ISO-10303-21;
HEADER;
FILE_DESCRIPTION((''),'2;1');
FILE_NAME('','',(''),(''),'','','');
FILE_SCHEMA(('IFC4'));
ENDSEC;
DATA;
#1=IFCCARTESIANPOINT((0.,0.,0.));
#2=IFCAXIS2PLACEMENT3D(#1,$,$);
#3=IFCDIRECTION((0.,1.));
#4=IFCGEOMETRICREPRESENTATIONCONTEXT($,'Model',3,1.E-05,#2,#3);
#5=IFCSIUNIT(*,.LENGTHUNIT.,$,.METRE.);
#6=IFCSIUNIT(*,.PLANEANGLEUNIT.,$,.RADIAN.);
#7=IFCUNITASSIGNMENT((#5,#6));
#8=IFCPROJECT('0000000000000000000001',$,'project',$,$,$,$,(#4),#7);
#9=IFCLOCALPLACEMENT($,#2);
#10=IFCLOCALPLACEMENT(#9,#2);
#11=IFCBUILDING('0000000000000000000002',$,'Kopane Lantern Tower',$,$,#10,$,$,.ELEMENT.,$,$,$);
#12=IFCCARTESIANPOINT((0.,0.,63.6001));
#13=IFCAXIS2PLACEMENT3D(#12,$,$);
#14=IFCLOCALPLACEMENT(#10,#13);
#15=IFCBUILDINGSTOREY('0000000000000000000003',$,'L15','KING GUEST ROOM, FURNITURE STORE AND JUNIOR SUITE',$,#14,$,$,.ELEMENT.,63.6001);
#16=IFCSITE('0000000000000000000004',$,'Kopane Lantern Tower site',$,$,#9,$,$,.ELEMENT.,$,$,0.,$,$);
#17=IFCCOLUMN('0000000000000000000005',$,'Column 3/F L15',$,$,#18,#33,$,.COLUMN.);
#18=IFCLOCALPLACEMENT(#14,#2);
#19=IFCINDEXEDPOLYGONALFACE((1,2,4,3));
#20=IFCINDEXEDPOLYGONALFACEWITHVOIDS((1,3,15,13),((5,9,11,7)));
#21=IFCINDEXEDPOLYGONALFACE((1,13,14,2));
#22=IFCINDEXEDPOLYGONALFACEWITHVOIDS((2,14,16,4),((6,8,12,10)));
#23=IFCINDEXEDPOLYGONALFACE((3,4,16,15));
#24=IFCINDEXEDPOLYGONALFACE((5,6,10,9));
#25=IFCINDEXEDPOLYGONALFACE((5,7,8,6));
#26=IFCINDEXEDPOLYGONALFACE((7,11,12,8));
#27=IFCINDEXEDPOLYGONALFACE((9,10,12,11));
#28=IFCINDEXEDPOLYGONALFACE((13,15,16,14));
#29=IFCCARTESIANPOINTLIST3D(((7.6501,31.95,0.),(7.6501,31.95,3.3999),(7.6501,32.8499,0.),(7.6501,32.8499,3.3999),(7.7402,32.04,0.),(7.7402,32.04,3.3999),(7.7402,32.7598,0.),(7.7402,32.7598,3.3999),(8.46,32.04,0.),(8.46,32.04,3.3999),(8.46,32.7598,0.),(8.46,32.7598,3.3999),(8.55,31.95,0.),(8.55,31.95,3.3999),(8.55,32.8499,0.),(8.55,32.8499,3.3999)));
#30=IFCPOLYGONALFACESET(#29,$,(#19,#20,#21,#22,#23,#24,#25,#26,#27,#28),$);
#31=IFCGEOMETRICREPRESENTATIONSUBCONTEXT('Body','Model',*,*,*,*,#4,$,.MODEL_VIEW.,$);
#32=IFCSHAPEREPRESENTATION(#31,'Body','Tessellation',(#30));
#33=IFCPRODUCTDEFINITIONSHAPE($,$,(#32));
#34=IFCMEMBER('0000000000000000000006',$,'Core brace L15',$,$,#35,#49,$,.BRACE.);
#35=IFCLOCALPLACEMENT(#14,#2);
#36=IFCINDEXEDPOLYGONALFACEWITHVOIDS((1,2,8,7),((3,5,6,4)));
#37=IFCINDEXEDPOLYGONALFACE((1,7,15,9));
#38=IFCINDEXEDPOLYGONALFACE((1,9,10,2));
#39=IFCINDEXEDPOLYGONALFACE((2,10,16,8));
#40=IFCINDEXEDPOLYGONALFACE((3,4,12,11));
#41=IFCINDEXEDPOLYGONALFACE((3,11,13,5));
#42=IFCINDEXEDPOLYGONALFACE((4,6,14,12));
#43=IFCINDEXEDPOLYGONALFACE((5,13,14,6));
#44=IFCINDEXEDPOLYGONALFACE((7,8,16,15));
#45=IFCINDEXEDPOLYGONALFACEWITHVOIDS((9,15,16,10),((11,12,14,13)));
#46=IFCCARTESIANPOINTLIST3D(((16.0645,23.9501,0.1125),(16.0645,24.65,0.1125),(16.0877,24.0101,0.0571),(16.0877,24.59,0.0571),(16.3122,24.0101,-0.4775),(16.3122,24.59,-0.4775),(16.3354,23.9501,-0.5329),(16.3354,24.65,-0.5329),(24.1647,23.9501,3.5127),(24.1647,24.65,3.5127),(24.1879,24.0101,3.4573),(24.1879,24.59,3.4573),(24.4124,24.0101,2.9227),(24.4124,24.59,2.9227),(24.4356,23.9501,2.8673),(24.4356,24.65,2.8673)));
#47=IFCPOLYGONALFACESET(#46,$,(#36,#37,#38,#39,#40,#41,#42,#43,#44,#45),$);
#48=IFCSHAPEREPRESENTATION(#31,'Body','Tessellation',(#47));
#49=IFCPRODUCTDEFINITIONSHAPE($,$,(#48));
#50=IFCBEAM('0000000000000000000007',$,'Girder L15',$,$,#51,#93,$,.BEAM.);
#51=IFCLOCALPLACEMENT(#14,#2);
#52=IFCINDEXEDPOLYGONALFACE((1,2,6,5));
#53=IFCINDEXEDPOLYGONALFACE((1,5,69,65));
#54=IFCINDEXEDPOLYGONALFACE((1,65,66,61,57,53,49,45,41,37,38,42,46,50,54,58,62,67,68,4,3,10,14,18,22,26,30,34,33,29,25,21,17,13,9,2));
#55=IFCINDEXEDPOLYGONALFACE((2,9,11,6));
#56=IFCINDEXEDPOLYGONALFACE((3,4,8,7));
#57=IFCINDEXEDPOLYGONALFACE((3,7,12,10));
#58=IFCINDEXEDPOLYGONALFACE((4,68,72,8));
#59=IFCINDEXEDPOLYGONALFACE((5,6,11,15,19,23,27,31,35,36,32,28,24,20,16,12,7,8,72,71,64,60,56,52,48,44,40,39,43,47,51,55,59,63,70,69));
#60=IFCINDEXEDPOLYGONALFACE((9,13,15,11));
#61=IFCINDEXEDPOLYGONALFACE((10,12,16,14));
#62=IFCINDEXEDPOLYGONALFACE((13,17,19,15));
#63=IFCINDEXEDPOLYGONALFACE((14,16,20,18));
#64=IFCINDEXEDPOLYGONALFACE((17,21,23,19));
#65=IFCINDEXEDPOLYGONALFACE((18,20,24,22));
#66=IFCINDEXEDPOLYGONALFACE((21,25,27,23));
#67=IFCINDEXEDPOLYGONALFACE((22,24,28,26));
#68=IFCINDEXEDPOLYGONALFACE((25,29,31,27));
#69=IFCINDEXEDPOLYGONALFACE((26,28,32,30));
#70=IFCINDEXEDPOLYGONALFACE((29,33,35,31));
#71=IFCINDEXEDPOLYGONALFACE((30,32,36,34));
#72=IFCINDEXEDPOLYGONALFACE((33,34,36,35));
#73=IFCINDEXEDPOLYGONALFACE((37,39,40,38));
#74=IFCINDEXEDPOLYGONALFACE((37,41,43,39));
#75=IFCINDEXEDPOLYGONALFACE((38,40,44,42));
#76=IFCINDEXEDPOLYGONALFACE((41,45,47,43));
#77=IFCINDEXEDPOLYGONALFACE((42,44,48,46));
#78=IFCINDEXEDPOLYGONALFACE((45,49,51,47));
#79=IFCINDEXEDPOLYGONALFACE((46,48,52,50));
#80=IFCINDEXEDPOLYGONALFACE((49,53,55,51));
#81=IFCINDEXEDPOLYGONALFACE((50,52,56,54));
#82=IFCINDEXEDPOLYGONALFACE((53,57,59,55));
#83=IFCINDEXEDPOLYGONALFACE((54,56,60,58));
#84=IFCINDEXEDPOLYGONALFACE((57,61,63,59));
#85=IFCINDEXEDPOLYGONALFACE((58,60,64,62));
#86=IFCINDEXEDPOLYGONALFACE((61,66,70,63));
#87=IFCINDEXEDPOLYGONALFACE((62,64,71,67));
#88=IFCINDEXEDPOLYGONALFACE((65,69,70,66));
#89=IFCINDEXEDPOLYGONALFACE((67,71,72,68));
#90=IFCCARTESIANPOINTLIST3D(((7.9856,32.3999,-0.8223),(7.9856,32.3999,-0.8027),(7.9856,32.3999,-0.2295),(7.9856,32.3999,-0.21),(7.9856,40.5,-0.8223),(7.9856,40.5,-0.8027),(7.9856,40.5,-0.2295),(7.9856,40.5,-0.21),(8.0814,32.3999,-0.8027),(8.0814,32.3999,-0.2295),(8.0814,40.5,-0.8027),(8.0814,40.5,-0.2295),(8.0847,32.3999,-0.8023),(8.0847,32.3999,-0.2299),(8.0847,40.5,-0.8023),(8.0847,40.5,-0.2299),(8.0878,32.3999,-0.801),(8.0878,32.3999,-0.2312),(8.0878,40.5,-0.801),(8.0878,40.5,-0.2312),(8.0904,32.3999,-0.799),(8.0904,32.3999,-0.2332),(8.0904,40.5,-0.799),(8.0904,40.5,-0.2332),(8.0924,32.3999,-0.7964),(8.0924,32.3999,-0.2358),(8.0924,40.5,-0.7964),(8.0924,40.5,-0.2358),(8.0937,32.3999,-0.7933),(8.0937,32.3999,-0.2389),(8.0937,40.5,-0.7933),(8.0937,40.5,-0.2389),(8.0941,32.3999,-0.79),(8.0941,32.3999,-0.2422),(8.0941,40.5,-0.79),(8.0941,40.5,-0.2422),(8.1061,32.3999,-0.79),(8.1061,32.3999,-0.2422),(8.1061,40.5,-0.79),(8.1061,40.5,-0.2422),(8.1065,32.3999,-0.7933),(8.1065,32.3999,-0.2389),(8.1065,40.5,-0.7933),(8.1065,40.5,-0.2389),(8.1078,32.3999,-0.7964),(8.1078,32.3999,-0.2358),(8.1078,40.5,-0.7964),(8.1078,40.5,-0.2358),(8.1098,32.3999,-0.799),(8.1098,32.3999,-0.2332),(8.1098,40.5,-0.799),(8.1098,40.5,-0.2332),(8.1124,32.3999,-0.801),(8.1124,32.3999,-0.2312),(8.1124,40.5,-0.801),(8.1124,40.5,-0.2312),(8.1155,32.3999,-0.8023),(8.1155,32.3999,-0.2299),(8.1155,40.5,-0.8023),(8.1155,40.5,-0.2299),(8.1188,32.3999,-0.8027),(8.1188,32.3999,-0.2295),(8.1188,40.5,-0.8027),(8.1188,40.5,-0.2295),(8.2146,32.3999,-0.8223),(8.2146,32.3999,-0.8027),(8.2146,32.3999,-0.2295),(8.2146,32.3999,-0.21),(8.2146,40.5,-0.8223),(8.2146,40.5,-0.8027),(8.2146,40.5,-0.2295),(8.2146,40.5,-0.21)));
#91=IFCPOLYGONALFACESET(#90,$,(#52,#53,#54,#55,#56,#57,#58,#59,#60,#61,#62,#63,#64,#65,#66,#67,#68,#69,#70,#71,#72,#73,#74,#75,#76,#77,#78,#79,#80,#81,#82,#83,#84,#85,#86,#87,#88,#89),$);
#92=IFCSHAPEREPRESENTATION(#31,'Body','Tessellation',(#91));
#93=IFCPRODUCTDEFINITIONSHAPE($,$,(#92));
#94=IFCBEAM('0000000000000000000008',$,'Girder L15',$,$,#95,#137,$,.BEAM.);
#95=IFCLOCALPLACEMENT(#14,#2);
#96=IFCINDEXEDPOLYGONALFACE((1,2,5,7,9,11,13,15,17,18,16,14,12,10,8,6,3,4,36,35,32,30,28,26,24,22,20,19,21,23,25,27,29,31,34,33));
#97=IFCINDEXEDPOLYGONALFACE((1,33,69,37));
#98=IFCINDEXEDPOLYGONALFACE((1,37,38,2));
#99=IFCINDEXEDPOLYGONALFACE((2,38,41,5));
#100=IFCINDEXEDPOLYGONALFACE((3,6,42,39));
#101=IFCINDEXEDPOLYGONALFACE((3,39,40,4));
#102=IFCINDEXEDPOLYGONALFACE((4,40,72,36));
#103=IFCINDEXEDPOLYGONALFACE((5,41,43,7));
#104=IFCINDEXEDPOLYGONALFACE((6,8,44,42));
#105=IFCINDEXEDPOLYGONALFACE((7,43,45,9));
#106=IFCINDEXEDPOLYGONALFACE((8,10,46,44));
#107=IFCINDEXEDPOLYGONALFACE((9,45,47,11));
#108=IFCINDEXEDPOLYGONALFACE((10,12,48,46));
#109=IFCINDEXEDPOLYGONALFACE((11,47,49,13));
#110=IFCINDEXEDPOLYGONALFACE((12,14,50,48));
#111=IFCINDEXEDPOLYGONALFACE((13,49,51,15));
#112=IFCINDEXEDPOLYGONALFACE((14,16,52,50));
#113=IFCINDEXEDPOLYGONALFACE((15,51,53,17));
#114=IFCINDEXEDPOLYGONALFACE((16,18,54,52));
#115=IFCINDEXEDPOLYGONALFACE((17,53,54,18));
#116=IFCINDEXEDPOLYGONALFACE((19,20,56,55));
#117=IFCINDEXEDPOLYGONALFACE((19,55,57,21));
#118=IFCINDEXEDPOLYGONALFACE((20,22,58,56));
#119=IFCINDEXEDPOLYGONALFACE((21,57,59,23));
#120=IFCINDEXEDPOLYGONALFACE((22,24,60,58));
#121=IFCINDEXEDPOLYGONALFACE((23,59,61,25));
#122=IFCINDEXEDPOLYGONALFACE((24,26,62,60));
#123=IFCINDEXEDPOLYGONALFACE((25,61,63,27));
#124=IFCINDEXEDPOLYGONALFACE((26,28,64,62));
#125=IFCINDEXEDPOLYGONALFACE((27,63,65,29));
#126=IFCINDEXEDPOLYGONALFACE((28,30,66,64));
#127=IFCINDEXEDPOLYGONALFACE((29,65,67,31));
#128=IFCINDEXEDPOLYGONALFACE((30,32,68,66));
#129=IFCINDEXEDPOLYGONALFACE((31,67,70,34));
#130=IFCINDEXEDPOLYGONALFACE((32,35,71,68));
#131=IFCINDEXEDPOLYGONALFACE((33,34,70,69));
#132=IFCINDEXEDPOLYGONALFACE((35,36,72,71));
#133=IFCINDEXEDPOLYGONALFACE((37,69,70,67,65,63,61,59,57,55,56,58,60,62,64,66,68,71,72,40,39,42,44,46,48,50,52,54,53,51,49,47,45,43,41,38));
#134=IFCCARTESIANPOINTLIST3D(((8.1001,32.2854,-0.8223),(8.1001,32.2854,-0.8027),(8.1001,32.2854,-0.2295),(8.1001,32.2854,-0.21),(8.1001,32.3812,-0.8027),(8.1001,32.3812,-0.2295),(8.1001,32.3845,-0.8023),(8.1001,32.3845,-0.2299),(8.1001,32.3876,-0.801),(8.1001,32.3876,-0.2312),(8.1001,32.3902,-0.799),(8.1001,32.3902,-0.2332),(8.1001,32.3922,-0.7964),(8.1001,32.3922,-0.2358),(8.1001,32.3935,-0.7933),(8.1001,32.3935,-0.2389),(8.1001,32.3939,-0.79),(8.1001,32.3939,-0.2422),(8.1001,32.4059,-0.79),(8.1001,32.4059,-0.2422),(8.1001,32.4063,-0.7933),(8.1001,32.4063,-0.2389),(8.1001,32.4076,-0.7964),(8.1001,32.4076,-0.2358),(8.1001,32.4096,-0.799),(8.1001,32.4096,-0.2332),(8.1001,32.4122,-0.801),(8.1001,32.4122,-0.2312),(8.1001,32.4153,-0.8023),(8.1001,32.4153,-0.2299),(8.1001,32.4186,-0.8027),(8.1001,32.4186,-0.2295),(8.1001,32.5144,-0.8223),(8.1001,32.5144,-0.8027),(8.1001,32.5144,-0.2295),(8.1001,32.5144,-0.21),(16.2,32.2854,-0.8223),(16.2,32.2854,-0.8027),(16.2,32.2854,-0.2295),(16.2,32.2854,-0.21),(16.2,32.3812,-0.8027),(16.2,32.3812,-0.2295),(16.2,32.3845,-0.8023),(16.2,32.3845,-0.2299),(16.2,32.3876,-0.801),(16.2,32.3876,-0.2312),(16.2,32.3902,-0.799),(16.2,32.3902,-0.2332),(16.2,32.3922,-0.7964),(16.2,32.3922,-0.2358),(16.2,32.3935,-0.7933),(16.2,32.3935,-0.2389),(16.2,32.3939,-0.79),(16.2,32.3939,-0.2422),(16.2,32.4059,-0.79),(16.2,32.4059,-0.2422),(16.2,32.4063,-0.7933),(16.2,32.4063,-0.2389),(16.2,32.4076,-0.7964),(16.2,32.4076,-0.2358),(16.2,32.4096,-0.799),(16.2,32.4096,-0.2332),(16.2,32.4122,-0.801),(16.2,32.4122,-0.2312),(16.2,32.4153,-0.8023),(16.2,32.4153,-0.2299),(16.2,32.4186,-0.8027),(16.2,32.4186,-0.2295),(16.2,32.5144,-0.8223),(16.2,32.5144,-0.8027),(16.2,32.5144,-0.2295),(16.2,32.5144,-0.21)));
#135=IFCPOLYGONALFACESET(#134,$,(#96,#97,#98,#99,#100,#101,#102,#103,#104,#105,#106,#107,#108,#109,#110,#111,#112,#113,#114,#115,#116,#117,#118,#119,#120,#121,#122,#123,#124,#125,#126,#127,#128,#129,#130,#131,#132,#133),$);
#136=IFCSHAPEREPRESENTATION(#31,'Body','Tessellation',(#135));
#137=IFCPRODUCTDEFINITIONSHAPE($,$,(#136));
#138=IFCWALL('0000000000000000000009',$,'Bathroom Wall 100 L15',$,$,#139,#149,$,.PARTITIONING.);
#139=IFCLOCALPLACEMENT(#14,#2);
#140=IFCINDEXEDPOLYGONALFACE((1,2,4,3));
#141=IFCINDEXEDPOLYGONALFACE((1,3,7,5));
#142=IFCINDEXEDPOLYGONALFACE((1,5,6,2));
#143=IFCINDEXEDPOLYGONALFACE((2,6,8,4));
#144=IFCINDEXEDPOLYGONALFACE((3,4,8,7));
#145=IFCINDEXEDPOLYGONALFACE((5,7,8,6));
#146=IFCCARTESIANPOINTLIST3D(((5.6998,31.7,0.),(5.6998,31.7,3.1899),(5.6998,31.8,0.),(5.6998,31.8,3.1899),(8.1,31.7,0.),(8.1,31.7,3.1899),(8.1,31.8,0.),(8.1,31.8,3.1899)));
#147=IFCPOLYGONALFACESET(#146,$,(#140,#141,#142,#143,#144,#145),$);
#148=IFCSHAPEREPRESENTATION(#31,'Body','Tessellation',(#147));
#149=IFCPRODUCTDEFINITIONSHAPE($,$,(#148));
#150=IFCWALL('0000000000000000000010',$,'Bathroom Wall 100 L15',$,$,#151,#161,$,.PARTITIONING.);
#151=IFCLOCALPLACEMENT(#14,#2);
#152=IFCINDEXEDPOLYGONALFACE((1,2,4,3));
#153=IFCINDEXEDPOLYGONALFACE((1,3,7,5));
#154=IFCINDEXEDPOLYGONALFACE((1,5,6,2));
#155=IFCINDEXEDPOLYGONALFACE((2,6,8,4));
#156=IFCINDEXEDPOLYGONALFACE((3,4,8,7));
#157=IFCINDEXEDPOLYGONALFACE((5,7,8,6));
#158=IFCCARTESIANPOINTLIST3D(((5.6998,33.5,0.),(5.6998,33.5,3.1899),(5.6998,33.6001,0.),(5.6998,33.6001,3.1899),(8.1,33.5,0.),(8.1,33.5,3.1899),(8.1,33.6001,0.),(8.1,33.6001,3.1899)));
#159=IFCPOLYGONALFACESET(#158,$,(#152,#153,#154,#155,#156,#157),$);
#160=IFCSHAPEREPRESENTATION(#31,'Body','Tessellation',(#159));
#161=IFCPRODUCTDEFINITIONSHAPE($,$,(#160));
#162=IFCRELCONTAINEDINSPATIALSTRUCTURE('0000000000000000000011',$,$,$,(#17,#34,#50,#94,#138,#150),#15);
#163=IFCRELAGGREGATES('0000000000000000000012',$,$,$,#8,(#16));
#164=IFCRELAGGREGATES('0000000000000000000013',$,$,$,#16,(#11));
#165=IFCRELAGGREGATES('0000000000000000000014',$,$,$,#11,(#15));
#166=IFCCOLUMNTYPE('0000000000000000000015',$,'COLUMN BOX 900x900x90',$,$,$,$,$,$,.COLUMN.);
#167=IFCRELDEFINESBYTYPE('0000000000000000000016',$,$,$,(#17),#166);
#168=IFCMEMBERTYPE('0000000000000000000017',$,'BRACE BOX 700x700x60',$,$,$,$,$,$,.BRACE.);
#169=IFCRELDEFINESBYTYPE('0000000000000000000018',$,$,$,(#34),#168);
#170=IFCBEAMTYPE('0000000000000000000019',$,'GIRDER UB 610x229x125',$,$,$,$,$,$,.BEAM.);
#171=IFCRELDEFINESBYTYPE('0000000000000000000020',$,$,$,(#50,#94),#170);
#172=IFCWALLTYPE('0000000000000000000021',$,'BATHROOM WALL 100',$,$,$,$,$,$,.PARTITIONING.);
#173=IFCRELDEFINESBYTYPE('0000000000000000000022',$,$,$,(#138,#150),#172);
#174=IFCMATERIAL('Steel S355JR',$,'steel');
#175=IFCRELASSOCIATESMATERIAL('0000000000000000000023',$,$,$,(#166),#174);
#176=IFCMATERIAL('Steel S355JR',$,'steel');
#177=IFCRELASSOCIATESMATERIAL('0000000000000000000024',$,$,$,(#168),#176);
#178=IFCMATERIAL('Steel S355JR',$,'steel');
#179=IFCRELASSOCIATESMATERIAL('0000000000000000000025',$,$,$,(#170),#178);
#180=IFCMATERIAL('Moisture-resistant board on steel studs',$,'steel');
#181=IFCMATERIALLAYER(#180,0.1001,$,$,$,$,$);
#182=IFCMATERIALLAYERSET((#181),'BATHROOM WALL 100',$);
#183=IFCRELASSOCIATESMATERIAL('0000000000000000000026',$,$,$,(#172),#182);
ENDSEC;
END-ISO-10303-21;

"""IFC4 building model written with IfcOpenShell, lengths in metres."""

from ifc_helpers import new_model, si_unit, direction, frame, frame_2d, origin, origin_2d, place, context, subcontext, project, spatial, rectangle, hollow_rectangle, i_section, extrude, material, layer, layer_set, material_profile, profile_set, type_object, element, save


model = new_model("IFC4")

# Units and contexts
model_context = context("Model", 3, precision=1e-05, world=origin(), true_north=direction((0.0, 1.0)))
body_context = subcontext(model_context, "Body", "Model", "MODEL_VIEW")
ifc_project = project(units=[si_unit("LENGTHUNIT", "METRE"), si_unit("PLANEANGLEUNIT", "RADIAN")], contexts=[model_context])

# Site, building, storey
site_placement = place(None, origin())
site = spatial("IfcSite", under=ifc_project, at=site_placement, Name="Kopane Lantern Tower site", CompositionType="ELEMENT", RefElevation=0.0)
building_placement = place(site_placement, origin())
building = spatial("IfcBuilding", under=site, at=building_placement, Name="Kopane Lantern Tower", CompositionType="ELEMENT")
storey_placement = place(building_placement, frame((0.0, 0.0, 63.6001)))
storey = spatial("IfcBuildingStorey", under=building, at=storey_placement, Name="L15", Description="KING GUEST ROOM, FURNITURE STORE AND JUNIOR SUITE", CompositionType="ELEMENT", Elevation=63.6001)

# Column
ifc_material_1 = material(Name="Steel S355JR", Category="steel")
ifc_material_profile_1 = material_profile(ifc_material_1, hollow_rectangle(XDim=0.8999, YDim=0.8999, WallThickness=0.0901, at=origin_2d()), Name="BOX 900x900x90")
ifc_profile_set_1 = profile_set([ifc_material_profile_1], Name="Steel S355JR")
column_type = type_object("IfcColumnType", Name="COLUMN BOX 900x900x90", PredefinedType="COLUMN", material=ifc_profile_set_1)
column_placement = place(storey_placement, frame((8.1001, 32.3999, 0.0), z_axis=(0.0, 0.0, 1.0), x_axis=(1.0, 0.0, 0.0)))
element("IfcColumn", 1, at=column_placement, inside=storey, type_object=column_type, Name="Column 3/F L15", PredefinedType="COLUMN", context=body_context, shape_type="SweptSolid", body=[
    extrude(hollow_rectangle(XDim=0.8999, YDim=0.8999, WallThickness=0.0901, at=origin_2d()), origin(), (0.0, 0.0, 1.0), 3.3999),
])

# Member
ifc_material_2 = material(Name="Steel S355JR", Category="steel")
ifc_material_profile_2 = material_profile(ifc_material_2, hollow_rectangle(XDim=0.7, YDim=0.7, WallThickness=0.0601, at=origin_2d()), Name="BOX 700x700x60")
ifc_profile_set_2 = profile_set([ifc_material_profile_2], Name="Steel S355JR")
member_type = type_object("IfcMemberType", Name="BRACE BOX 700x700x60", PredefinedType="BRACE", material=ifc_profile_set_2)
member_placement = place(storey_placement, frame((16.2, 24.3, -0.2102), z_axis=(0.922059, 0.0, 0.387049), x_axis=(0.0, 1.0, 0.0)))
element("IfcMember", 2, at=member_placement, inside=storey, type_object=member_type, Name="Core brace L15", PredefinedType="BRACE", context=body_context, shape_type="SweptSolid", body=[
    extrude(hollow_rectangle(XDim=0.7, YDim=0.7, WallThickness=0.0601, at=origin_2d()), origin(), (0.0, 0.0, 1.0), 8.7849),
])

# Beams
ifc_material_3 = material(Name="Steel S355JR", Category="steel")
ifc_material_profile_3 = material_profile(ifc_material_3, i_section(OverallWidth=0.229, OverallDepth=0.6123, WebThickness=0.012, FlangeThickness=0.0195, FilletRadius=0.0127, at=origin_2d()), Name="UB 610x229x125")
ifc_profile_set_3 = profile_set([ifc_material_profile_3], Name="Steel S355JR")
beam_type = type_object("IfcBeamType", Name="GIRDER UB 610x229x125", PredefinedType="BEAM", material=ifc_profile_set_3)
beam_1_placement = place(storey_placement, frame((8.1001, 32.3999, -0.5161), z_axis=(0.0, 1.0, 0.0), x_axis=(-1.0, 0.0, 0.0)))
element("IfcBeam", 3, at=beam_1_placement, inside=storey, type_object=beam_type, Name="Girder L15", PredefinedType="BEAM", context=body_context, shape_type="SweptSolid", body=[
    extrude(i_section(OverallWidth=0.229, OverallDepth=0.6123, WebThickness=0.012, FlangeThickness=0.0195, FilletRadius=0.0127, at=origin_2d()), origin(), (0.0, 0.0, 1.0), 8.1001),
])
beam_2_placement = place(storey_placement, frame((8.1001, 32.3999, -0.5161), z_axis=(1.0, 0.0, 0.0), x_axis=(0.0, 1.0, 0.0)))
element("IfcBeam", 4, at=beam_2_placement, inside=storey, type_object=beam_type, Name="Girder L15", PredefinedType="BEAM", context=body_context, shape_type="SweptSolid", body=[
    extrude(i_section(OverallWidth=0.229, OverallDepth=0.6123, WebThickness=0.012, FlangeThickness=0.0195, FilletRadius=0.0127, at=origin_2d()), origin(), (0.0, 0.0, 1.0), 8.0999),
])

# Walls
ifc_material_4 = material(Name="Moisture-resistant board on steel studs", Category="steel")
ifc_layer_1 = layer(ifc_material_4, 0.1001)
ifc_layer_set_1 = layer_set([ifc_layer_1], Name="BATHROOM WALL 100")
wall_type_1 = type_object("IfcWallType", Name="BATHROOM WALL 100", PredefinedType="PARTITIONING", material=ifc_layer_set_1)
for number, where, z_axis, x_axis, name in (
    (5, (8.1001, 31.75, 0.0), (0.0, 0.0, 1.0), (-1.0, 0.0, 0.0), "Bathroom Wall 100 L15"),
    (6, (8.1001, 33.55, 0.0), (0.0, 0.0, 1.0), (-1.0, 0.0, 0.0), "Bathroom Wall 100 L15"),
):
    element("IfcWall", number, at=place(storey_placement, frame(where, z_axis=z_axis, x_axis=x_axis)), inside=storey, type_object=wall_type_1, Name=name, PredefinedType="PARTITIONING", context=body_context, shape_type="SweptSolid", body=[
        extrude(rectangle(XDim=2.4001, YDim=0.1001, at=frame_2d((1.2002, 0.0))), origin(), (0.0, 0.0, 1.0), 3.1899),
    ])

save(model, "model.ifc")
